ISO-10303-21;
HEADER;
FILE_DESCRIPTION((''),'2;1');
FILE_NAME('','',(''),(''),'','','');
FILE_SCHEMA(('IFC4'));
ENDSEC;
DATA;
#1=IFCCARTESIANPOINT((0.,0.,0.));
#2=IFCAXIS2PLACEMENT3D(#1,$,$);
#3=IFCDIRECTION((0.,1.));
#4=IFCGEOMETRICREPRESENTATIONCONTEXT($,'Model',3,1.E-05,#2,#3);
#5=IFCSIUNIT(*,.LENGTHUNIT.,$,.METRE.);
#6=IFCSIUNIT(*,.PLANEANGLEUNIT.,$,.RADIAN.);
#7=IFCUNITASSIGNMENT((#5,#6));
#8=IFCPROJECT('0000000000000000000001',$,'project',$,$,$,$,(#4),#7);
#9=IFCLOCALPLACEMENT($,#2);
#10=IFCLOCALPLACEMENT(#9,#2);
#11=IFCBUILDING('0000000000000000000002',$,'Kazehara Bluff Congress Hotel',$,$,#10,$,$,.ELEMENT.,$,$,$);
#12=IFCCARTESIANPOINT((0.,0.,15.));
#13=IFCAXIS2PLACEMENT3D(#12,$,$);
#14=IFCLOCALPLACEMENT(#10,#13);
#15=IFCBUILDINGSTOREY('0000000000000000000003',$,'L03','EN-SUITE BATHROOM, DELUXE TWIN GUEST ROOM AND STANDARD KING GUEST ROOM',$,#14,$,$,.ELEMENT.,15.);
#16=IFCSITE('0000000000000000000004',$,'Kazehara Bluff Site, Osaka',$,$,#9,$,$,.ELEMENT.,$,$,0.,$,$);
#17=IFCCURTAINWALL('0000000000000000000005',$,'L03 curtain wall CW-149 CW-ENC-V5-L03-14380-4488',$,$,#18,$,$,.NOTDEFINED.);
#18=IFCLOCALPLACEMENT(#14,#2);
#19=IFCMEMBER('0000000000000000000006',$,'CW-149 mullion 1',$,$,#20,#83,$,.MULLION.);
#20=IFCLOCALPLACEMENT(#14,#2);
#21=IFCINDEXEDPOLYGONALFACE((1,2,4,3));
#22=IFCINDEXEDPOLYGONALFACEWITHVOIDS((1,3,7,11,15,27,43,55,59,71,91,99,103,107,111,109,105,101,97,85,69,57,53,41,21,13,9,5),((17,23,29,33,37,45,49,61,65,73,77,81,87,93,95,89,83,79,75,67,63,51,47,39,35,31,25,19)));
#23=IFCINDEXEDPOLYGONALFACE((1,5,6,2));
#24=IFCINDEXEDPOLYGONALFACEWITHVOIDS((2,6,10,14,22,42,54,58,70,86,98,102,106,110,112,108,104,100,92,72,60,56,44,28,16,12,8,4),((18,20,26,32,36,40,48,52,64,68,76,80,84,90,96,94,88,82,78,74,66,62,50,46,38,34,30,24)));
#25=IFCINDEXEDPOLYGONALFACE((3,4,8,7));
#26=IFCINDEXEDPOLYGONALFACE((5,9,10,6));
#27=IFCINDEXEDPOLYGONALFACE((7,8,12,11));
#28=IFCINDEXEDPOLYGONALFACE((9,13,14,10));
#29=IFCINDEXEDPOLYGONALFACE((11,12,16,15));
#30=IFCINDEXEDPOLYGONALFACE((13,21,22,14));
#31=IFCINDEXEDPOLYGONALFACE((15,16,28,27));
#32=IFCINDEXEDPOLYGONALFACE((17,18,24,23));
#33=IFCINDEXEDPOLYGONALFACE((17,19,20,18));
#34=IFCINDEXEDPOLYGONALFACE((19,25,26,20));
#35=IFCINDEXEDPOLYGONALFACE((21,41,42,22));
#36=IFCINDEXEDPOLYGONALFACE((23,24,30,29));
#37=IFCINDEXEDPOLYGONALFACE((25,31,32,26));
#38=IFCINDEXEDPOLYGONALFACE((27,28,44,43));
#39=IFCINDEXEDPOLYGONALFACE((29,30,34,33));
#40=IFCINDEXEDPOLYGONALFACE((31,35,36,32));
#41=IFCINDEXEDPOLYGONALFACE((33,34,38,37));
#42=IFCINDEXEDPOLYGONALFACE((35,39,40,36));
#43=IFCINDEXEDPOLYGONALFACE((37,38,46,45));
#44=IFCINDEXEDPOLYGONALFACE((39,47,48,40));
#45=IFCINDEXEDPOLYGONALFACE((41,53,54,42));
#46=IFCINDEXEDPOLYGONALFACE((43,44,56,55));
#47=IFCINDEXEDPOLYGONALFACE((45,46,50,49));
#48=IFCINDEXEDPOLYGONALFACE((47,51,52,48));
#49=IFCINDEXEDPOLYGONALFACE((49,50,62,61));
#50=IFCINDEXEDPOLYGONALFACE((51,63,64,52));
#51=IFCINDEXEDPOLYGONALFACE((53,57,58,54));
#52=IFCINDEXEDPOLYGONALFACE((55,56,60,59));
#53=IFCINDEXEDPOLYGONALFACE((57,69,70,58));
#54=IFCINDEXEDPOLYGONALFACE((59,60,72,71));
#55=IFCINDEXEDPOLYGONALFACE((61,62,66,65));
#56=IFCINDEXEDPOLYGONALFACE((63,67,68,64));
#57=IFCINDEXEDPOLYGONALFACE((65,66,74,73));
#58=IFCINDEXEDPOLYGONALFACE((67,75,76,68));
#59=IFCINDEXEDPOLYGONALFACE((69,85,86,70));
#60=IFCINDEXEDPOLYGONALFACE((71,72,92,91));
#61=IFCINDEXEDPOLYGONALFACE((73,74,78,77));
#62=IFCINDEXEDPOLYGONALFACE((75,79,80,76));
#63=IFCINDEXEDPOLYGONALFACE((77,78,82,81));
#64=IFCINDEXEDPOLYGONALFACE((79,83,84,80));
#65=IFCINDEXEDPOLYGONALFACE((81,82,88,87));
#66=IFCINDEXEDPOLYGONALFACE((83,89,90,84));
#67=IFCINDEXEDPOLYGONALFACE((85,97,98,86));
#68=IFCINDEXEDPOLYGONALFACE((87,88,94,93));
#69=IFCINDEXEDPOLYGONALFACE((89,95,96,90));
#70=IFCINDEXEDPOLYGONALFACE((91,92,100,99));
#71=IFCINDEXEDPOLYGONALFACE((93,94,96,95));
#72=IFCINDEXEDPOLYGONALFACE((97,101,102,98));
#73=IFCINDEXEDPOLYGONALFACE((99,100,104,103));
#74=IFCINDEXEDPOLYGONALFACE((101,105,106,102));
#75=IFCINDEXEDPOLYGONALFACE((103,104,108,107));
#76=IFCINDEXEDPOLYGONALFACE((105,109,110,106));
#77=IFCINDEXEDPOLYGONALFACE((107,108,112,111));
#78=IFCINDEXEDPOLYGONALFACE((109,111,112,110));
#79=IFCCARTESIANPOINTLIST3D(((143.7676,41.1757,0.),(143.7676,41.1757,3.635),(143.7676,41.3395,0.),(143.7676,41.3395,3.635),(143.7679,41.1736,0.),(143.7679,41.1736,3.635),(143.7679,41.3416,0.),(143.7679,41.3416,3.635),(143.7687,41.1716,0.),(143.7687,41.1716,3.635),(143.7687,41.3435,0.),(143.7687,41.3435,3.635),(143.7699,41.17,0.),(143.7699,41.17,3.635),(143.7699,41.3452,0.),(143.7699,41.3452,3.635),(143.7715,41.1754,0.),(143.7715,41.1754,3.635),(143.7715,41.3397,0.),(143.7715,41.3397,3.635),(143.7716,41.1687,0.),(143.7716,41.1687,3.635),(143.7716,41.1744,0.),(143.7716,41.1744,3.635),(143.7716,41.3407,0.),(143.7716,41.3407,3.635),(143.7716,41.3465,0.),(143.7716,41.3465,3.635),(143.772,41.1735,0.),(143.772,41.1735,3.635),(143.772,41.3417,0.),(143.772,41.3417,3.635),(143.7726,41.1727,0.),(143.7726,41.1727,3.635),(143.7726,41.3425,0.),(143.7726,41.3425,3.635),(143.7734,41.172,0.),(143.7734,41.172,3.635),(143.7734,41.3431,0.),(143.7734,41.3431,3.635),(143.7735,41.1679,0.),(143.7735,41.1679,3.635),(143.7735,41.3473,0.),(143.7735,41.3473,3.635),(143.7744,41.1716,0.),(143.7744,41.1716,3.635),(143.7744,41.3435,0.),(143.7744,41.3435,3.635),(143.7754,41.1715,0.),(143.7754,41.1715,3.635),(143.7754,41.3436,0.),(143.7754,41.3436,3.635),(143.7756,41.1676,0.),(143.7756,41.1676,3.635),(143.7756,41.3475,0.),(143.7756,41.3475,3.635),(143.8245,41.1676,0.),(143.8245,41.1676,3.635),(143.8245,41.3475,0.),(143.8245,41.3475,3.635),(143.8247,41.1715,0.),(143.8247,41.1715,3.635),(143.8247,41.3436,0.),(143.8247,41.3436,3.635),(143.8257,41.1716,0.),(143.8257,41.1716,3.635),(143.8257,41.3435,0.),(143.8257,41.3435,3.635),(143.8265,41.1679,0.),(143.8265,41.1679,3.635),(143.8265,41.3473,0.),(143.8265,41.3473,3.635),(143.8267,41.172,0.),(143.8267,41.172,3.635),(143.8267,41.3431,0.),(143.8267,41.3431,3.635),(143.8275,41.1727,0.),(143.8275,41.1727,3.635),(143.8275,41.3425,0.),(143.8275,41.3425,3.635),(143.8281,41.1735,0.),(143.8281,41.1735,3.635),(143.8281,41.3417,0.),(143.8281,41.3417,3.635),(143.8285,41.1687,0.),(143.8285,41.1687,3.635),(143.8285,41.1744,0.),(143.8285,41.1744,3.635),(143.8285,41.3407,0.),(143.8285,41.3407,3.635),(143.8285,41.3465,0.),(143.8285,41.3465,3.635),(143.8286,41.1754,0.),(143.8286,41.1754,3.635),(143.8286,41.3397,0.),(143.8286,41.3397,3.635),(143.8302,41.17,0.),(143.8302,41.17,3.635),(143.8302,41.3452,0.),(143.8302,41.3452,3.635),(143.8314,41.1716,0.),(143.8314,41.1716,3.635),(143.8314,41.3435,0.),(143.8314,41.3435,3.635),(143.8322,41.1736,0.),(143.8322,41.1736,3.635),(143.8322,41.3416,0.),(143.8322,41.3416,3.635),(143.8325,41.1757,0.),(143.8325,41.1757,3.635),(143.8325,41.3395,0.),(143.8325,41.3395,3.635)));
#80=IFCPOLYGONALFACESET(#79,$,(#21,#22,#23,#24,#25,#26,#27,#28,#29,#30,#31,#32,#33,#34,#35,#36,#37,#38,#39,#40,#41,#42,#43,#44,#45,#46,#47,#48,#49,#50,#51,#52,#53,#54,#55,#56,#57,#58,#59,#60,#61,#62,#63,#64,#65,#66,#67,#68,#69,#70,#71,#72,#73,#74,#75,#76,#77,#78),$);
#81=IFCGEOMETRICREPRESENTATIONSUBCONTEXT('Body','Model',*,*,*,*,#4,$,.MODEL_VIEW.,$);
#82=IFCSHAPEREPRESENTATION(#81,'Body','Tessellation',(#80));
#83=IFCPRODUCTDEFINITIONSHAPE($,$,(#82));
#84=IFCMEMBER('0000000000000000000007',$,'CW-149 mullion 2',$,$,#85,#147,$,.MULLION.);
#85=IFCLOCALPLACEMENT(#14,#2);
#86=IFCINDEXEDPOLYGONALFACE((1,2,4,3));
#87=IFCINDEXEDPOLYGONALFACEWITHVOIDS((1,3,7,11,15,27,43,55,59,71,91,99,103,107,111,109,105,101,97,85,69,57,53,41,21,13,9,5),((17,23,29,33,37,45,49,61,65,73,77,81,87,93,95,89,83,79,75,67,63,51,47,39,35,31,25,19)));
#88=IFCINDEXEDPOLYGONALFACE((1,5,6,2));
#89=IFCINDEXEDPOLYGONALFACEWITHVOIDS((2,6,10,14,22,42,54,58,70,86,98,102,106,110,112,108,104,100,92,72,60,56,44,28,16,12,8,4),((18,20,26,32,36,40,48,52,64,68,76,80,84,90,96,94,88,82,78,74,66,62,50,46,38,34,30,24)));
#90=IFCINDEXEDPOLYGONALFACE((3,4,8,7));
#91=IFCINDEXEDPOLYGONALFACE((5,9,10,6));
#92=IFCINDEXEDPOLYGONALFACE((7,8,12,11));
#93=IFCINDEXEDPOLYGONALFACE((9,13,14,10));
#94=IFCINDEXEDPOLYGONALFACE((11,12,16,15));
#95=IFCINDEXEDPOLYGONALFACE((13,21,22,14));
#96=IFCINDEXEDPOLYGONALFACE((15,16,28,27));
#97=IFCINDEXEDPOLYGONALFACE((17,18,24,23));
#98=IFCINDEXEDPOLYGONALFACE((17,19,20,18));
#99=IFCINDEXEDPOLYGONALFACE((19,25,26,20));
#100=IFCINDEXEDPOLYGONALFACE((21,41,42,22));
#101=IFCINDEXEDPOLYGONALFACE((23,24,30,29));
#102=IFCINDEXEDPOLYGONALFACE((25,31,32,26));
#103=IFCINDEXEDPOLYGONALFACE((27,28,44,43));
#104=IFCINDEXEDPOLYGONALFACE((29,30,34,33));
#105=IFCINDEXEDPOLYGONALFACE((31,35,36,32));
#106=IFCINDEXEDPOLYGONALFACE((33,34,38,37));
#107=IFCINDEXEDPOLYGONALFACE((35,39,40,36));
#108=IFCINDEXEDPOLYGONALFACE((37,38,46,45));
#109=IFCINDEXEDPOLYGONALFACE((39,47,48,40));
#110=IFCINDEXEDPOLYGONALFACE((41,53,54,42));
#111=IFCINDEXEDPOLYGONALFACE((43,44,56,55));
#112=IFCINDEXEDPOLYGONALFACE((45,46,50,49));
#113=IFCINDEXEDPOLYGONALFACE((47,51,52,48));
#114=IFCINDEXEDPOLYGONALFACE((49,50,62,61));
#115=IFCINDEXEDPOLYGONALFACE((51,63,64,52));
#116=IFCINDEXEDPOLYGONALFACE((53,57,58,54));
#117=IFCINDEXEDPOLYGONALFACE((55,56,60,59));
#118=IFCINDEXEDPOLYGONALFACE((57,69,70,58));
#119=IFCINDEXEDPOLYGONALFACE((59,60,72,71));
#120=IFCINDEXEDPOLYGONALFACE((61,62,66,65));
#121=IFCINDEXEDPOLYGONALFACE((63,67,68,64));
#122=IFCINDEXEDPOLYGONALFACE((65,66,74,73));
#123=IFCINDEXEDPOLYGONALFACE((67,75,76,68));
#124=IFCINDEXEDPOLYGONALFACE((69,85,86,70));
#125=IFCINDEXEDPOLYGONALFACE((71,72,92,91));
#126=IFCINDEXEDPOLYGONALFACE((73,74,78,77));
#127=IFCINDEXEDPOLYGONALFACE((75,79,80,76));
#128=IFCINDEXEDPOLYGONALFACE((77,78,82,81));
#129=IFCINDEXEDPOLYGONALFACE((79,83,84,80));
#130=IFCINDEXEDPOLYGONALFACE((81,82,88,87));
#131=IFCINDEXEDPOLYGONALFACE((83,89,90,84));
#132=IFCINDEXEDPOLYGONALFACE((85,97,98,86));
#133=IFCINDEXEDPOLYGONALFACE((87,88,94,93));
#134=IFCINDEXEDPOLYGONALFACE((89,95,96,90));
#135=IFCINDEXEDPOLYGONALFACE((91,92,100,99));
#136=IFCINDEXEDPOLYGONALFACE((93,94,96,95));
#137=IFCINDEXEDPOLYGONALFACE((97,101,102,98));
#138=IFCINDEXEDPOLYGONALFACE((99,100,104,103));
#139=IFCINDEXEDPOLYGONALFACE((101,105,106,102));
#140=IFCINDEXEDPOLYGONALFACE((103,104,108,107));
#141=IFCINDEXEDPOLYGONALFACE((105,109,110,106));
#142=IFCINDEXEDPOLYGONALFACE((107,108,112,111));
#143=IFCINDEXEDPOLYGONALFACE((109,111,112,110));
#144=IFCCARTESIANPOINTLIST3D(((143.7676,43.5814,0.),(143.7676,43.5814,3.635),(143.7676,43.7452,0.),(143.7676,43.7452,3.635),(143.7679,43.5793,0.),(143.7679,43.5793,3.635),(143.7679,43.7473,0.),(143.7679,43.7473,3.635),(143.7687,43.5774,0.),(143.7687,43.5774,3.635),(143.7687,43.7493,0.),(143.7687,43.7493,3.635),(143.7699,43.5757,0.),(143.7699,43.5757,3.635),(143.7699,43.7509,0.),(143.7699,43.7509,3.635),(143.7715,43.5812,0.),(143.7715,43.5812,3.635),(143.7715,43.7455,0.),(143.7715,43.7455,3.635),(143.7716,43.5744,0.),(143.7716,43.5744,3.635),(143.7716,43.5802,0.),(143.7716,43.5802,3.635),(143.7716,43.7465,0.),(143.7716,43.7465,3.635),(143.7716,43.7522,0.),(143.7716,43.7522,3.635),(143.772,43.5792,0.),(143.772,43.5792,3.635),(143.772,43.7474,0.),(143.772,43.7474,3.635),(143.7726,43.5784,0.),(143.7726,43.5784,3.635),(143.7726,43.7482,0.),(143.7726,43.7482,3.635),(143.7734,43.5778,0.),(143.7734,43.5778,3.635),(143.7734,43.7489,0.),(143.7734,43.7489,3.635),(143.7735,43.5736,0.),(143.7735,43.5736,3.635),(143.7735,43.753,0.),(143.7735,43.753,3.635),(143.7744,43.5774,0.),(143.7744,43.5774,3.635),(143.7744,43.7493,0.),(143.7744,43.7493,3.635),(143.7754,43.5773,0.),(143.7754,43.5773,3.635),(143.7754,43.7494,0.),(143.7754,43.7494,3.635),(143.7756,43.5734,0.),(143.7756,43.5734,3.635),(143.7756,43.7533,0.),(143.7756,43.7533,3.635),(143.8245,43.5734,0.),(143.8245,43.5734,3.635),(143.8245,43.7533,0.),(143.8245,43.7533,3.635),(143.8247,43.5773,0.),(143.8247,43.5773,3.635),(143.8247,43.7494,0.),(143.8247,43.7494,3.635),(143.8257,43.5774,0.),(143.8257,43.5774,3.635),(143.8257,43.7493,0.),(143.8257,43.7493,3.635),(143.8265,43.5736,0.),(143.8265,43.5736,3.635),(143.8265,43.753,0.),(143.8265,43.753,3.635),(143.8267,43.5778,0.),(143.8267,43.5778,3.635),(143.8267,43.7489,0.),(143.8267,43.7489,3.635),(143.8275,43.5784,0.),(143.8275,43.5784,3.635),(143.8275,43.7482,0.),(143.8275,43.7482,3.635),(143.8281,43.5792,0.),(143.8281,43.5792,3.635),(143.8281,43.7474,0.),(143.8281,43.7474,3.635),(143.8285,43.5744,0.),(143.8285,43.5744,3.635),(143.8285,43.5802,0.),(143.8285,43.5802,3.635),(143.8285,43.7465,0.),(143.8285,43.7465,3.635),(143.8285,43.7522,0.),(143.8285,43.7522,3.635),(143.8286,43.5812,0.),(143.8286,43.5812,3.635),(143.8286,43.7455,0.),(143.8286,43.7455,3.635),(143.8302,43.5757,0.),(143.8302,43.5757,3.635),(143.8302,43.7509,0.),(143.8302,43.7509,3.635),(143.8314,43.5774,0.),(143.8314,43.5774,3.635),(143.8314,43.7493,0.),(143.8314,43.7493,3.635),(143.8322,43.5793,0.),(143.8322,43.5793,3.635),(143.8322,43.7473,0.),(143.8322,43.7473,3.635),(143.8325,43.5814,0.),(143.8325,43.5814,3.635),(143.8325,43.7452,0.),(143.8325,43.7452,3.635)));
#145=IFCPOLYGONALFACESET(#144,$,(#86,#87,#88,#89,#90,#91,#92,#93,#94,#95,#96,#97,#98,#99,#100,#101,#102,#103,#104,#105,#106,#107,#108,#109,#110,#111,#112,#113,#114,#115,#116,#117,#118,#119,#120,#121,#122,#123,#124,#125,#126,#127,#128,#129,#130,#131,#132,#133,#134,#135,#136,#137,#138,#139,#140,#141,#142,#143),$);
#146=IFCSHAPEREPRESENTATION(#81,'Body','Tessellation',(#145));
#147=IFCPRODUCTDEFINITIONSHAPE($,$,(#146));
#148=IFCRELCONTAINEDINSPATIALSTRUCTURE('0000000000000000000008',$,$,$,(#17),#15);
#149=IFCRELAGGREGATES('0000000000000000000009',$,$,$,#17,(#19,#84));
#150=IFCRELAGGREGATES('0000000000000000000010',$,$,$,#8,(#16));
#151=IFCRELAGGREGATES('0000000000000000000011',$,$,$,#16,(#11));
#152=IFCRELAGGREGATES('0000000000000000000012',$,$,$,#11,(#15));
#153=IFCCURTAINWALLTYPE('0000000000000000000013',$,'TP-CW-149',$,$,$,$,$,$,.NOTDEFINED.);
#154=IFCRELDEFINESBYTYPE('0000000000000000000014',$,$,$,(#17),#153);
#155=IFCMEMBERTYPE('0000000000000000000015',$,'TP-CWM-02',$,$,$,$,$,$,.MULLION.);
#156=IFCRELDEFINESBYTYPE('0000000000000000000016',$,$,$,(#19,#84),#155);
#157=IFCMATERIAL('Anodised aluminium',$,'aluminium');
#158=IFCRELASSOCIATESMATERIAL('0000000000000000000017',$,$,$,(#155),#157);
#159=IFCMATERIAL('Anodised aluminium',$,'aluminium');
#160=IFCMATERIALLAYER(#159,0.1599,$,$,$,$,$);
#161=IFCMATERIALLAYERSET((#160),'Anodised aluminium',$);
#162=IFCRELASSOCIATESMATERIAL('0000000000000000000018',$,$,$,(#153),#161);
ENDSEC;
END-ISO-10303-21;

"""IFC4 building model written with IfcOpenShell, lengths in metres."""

from ifc_helpers import new_model, si_unit, direction, frame, origin, origin_2d, place, context, subcontext, project, spatial, hollow_rectangle, extrude, material, layer, layer_set, material_profile, profile_set, type_object, element, aggregate, save


model = new_model("IFC4")

# Units and contexts
model_context = context("Model", 3, precision=1e-05, world=origin(), true_north=direction((0.0, 1.0)))
body_context = subcontext(model_context, "Body", "Model", "MODEL_VIEW")
ifc_project = project(units=[si_unit("LENGTHUNIT", "METRE"), si_unit("PLANEANGLEUNIT", "RADIAN")], contexts=[model_context])

# Site, building, storey
site_placement = place(None, origin())
site = spatial("IfcSite", under=ifc_project, at=site_placement, Name="Kazehara Bluff Site, Osaka", CompositionType="ELEMENT", RefElevation=0.0)
building_placement = place(site_placement, origin())
building = spatial("IfcBuilding", under=site, at=building_placement, Name="Kazehara Bluff Congress Hotel", CompositionType="ELEMENT")
storey_placement = place(building_placement, frame((0.0, 0.0, 15.0)))
storey = spatial("IfcBuildingStorey", under=building, at=storey_placement, Name="L03", Description="EN-SUITE BATHROOM, DELUXE TWIN GUEST ROOM AND STANDARD KING GUEST ROOM", CompositionType="ELEMENT", Elevation=15.0)

# Curtain wall, members
ifc_material_1 = material(Name="Anodised aluminium", Category="aluminium")
ifc_material_profile_1 = material_profile(ifc_material_1, hollow_rectangle(XDim=0.0649, YDim=0.1799, WallThickness=0.0039, InnerFilletRadius=0.0039, OuterFilletRadius=0.0081, at=origin_2d()))
ifc_profile_set_1 = profile_set([ifc_material_profile_1], Name="Anodised aluminium")
member_type_1 = type_object("IfcMemberType", Name="TP-CWM-02", PredefinedType="MULLION", material=ifc_profile_set_1)
ifc_material_2 = material(Name="Anodised aluminium", Category="aluminium")
ifc_layer_1 = layer(ifc_material_2, 0.1599)
ifc_layer_set_1 = layer_set([ifc_layer_1], Name="Anodised aluminium")
curtain_wall_type_1 = type_object("IfcCurtainWallType", Name="TP-CW-149", PredefinedType="NOTDEFINED", material=ifc_layer_set_1)
curtain_wall_1_placement = place(storey_placement, origin())
curtain_wall_1 = element("IfcCurtainWall", 1, at=curtain_wall_1_placement, inside=storey, type_object=curtain_wall_type_1, Name="L03 curtain wall CW-149 CW-ENC-V5-L03-14380-4488", PredefinedType="NOTDEFINED")
member_1_placement = place(storey_placement, frame((143.8, 41.2576, 0.0), z_axis=(0.0, 0.0, 1.0), x_axis=(-1.0, 0.0, 0.0)))
member_1 = element("IfcMember", 2, at=member_1_placement, type_object=member_type_1, Name="CW-149 mullion 1", PredefinedType="MULLION", context=body_context, shape_type="SweptSolid", body=[
    extrude(hollow_rectangle(XDim=0.0649, YDim=0.1799, WallThickness=0.0039, InnerFilletRadius=0.0039, OuterFilletRadius=0.0081, at=origin_2d()), origin(), (0.0, 0.0, 1.0), 3.635),
])
member_2_placement = place(storey_placement, frame((143.8, 43.6633, 0.0), z_axis=(0.0, 0.0, 1.0), x_axis=(-1.0, 0.0, 0.0)))
member_2 = element("IfcMember", 3, at=member_2_placement, type_object=member_type_1, Name="CW-149 mullion 2", PredefinedType="MULLION", context=body_context, shape_type="SweptSolid", body=[
    extrude(hollow_rectangle(XDim=0.0649, YDim=0.1799, WallThickness=0.0039, InnerFilletRadius=0.0039, OuterFilletRadius=0.0081, at=origin_2d()), origin(), (0.0, 0.0, 1.0), 3.635),
])

aggregate(curtain_wall_1, [member_1, member_2])

save(model, "model.ifc")
